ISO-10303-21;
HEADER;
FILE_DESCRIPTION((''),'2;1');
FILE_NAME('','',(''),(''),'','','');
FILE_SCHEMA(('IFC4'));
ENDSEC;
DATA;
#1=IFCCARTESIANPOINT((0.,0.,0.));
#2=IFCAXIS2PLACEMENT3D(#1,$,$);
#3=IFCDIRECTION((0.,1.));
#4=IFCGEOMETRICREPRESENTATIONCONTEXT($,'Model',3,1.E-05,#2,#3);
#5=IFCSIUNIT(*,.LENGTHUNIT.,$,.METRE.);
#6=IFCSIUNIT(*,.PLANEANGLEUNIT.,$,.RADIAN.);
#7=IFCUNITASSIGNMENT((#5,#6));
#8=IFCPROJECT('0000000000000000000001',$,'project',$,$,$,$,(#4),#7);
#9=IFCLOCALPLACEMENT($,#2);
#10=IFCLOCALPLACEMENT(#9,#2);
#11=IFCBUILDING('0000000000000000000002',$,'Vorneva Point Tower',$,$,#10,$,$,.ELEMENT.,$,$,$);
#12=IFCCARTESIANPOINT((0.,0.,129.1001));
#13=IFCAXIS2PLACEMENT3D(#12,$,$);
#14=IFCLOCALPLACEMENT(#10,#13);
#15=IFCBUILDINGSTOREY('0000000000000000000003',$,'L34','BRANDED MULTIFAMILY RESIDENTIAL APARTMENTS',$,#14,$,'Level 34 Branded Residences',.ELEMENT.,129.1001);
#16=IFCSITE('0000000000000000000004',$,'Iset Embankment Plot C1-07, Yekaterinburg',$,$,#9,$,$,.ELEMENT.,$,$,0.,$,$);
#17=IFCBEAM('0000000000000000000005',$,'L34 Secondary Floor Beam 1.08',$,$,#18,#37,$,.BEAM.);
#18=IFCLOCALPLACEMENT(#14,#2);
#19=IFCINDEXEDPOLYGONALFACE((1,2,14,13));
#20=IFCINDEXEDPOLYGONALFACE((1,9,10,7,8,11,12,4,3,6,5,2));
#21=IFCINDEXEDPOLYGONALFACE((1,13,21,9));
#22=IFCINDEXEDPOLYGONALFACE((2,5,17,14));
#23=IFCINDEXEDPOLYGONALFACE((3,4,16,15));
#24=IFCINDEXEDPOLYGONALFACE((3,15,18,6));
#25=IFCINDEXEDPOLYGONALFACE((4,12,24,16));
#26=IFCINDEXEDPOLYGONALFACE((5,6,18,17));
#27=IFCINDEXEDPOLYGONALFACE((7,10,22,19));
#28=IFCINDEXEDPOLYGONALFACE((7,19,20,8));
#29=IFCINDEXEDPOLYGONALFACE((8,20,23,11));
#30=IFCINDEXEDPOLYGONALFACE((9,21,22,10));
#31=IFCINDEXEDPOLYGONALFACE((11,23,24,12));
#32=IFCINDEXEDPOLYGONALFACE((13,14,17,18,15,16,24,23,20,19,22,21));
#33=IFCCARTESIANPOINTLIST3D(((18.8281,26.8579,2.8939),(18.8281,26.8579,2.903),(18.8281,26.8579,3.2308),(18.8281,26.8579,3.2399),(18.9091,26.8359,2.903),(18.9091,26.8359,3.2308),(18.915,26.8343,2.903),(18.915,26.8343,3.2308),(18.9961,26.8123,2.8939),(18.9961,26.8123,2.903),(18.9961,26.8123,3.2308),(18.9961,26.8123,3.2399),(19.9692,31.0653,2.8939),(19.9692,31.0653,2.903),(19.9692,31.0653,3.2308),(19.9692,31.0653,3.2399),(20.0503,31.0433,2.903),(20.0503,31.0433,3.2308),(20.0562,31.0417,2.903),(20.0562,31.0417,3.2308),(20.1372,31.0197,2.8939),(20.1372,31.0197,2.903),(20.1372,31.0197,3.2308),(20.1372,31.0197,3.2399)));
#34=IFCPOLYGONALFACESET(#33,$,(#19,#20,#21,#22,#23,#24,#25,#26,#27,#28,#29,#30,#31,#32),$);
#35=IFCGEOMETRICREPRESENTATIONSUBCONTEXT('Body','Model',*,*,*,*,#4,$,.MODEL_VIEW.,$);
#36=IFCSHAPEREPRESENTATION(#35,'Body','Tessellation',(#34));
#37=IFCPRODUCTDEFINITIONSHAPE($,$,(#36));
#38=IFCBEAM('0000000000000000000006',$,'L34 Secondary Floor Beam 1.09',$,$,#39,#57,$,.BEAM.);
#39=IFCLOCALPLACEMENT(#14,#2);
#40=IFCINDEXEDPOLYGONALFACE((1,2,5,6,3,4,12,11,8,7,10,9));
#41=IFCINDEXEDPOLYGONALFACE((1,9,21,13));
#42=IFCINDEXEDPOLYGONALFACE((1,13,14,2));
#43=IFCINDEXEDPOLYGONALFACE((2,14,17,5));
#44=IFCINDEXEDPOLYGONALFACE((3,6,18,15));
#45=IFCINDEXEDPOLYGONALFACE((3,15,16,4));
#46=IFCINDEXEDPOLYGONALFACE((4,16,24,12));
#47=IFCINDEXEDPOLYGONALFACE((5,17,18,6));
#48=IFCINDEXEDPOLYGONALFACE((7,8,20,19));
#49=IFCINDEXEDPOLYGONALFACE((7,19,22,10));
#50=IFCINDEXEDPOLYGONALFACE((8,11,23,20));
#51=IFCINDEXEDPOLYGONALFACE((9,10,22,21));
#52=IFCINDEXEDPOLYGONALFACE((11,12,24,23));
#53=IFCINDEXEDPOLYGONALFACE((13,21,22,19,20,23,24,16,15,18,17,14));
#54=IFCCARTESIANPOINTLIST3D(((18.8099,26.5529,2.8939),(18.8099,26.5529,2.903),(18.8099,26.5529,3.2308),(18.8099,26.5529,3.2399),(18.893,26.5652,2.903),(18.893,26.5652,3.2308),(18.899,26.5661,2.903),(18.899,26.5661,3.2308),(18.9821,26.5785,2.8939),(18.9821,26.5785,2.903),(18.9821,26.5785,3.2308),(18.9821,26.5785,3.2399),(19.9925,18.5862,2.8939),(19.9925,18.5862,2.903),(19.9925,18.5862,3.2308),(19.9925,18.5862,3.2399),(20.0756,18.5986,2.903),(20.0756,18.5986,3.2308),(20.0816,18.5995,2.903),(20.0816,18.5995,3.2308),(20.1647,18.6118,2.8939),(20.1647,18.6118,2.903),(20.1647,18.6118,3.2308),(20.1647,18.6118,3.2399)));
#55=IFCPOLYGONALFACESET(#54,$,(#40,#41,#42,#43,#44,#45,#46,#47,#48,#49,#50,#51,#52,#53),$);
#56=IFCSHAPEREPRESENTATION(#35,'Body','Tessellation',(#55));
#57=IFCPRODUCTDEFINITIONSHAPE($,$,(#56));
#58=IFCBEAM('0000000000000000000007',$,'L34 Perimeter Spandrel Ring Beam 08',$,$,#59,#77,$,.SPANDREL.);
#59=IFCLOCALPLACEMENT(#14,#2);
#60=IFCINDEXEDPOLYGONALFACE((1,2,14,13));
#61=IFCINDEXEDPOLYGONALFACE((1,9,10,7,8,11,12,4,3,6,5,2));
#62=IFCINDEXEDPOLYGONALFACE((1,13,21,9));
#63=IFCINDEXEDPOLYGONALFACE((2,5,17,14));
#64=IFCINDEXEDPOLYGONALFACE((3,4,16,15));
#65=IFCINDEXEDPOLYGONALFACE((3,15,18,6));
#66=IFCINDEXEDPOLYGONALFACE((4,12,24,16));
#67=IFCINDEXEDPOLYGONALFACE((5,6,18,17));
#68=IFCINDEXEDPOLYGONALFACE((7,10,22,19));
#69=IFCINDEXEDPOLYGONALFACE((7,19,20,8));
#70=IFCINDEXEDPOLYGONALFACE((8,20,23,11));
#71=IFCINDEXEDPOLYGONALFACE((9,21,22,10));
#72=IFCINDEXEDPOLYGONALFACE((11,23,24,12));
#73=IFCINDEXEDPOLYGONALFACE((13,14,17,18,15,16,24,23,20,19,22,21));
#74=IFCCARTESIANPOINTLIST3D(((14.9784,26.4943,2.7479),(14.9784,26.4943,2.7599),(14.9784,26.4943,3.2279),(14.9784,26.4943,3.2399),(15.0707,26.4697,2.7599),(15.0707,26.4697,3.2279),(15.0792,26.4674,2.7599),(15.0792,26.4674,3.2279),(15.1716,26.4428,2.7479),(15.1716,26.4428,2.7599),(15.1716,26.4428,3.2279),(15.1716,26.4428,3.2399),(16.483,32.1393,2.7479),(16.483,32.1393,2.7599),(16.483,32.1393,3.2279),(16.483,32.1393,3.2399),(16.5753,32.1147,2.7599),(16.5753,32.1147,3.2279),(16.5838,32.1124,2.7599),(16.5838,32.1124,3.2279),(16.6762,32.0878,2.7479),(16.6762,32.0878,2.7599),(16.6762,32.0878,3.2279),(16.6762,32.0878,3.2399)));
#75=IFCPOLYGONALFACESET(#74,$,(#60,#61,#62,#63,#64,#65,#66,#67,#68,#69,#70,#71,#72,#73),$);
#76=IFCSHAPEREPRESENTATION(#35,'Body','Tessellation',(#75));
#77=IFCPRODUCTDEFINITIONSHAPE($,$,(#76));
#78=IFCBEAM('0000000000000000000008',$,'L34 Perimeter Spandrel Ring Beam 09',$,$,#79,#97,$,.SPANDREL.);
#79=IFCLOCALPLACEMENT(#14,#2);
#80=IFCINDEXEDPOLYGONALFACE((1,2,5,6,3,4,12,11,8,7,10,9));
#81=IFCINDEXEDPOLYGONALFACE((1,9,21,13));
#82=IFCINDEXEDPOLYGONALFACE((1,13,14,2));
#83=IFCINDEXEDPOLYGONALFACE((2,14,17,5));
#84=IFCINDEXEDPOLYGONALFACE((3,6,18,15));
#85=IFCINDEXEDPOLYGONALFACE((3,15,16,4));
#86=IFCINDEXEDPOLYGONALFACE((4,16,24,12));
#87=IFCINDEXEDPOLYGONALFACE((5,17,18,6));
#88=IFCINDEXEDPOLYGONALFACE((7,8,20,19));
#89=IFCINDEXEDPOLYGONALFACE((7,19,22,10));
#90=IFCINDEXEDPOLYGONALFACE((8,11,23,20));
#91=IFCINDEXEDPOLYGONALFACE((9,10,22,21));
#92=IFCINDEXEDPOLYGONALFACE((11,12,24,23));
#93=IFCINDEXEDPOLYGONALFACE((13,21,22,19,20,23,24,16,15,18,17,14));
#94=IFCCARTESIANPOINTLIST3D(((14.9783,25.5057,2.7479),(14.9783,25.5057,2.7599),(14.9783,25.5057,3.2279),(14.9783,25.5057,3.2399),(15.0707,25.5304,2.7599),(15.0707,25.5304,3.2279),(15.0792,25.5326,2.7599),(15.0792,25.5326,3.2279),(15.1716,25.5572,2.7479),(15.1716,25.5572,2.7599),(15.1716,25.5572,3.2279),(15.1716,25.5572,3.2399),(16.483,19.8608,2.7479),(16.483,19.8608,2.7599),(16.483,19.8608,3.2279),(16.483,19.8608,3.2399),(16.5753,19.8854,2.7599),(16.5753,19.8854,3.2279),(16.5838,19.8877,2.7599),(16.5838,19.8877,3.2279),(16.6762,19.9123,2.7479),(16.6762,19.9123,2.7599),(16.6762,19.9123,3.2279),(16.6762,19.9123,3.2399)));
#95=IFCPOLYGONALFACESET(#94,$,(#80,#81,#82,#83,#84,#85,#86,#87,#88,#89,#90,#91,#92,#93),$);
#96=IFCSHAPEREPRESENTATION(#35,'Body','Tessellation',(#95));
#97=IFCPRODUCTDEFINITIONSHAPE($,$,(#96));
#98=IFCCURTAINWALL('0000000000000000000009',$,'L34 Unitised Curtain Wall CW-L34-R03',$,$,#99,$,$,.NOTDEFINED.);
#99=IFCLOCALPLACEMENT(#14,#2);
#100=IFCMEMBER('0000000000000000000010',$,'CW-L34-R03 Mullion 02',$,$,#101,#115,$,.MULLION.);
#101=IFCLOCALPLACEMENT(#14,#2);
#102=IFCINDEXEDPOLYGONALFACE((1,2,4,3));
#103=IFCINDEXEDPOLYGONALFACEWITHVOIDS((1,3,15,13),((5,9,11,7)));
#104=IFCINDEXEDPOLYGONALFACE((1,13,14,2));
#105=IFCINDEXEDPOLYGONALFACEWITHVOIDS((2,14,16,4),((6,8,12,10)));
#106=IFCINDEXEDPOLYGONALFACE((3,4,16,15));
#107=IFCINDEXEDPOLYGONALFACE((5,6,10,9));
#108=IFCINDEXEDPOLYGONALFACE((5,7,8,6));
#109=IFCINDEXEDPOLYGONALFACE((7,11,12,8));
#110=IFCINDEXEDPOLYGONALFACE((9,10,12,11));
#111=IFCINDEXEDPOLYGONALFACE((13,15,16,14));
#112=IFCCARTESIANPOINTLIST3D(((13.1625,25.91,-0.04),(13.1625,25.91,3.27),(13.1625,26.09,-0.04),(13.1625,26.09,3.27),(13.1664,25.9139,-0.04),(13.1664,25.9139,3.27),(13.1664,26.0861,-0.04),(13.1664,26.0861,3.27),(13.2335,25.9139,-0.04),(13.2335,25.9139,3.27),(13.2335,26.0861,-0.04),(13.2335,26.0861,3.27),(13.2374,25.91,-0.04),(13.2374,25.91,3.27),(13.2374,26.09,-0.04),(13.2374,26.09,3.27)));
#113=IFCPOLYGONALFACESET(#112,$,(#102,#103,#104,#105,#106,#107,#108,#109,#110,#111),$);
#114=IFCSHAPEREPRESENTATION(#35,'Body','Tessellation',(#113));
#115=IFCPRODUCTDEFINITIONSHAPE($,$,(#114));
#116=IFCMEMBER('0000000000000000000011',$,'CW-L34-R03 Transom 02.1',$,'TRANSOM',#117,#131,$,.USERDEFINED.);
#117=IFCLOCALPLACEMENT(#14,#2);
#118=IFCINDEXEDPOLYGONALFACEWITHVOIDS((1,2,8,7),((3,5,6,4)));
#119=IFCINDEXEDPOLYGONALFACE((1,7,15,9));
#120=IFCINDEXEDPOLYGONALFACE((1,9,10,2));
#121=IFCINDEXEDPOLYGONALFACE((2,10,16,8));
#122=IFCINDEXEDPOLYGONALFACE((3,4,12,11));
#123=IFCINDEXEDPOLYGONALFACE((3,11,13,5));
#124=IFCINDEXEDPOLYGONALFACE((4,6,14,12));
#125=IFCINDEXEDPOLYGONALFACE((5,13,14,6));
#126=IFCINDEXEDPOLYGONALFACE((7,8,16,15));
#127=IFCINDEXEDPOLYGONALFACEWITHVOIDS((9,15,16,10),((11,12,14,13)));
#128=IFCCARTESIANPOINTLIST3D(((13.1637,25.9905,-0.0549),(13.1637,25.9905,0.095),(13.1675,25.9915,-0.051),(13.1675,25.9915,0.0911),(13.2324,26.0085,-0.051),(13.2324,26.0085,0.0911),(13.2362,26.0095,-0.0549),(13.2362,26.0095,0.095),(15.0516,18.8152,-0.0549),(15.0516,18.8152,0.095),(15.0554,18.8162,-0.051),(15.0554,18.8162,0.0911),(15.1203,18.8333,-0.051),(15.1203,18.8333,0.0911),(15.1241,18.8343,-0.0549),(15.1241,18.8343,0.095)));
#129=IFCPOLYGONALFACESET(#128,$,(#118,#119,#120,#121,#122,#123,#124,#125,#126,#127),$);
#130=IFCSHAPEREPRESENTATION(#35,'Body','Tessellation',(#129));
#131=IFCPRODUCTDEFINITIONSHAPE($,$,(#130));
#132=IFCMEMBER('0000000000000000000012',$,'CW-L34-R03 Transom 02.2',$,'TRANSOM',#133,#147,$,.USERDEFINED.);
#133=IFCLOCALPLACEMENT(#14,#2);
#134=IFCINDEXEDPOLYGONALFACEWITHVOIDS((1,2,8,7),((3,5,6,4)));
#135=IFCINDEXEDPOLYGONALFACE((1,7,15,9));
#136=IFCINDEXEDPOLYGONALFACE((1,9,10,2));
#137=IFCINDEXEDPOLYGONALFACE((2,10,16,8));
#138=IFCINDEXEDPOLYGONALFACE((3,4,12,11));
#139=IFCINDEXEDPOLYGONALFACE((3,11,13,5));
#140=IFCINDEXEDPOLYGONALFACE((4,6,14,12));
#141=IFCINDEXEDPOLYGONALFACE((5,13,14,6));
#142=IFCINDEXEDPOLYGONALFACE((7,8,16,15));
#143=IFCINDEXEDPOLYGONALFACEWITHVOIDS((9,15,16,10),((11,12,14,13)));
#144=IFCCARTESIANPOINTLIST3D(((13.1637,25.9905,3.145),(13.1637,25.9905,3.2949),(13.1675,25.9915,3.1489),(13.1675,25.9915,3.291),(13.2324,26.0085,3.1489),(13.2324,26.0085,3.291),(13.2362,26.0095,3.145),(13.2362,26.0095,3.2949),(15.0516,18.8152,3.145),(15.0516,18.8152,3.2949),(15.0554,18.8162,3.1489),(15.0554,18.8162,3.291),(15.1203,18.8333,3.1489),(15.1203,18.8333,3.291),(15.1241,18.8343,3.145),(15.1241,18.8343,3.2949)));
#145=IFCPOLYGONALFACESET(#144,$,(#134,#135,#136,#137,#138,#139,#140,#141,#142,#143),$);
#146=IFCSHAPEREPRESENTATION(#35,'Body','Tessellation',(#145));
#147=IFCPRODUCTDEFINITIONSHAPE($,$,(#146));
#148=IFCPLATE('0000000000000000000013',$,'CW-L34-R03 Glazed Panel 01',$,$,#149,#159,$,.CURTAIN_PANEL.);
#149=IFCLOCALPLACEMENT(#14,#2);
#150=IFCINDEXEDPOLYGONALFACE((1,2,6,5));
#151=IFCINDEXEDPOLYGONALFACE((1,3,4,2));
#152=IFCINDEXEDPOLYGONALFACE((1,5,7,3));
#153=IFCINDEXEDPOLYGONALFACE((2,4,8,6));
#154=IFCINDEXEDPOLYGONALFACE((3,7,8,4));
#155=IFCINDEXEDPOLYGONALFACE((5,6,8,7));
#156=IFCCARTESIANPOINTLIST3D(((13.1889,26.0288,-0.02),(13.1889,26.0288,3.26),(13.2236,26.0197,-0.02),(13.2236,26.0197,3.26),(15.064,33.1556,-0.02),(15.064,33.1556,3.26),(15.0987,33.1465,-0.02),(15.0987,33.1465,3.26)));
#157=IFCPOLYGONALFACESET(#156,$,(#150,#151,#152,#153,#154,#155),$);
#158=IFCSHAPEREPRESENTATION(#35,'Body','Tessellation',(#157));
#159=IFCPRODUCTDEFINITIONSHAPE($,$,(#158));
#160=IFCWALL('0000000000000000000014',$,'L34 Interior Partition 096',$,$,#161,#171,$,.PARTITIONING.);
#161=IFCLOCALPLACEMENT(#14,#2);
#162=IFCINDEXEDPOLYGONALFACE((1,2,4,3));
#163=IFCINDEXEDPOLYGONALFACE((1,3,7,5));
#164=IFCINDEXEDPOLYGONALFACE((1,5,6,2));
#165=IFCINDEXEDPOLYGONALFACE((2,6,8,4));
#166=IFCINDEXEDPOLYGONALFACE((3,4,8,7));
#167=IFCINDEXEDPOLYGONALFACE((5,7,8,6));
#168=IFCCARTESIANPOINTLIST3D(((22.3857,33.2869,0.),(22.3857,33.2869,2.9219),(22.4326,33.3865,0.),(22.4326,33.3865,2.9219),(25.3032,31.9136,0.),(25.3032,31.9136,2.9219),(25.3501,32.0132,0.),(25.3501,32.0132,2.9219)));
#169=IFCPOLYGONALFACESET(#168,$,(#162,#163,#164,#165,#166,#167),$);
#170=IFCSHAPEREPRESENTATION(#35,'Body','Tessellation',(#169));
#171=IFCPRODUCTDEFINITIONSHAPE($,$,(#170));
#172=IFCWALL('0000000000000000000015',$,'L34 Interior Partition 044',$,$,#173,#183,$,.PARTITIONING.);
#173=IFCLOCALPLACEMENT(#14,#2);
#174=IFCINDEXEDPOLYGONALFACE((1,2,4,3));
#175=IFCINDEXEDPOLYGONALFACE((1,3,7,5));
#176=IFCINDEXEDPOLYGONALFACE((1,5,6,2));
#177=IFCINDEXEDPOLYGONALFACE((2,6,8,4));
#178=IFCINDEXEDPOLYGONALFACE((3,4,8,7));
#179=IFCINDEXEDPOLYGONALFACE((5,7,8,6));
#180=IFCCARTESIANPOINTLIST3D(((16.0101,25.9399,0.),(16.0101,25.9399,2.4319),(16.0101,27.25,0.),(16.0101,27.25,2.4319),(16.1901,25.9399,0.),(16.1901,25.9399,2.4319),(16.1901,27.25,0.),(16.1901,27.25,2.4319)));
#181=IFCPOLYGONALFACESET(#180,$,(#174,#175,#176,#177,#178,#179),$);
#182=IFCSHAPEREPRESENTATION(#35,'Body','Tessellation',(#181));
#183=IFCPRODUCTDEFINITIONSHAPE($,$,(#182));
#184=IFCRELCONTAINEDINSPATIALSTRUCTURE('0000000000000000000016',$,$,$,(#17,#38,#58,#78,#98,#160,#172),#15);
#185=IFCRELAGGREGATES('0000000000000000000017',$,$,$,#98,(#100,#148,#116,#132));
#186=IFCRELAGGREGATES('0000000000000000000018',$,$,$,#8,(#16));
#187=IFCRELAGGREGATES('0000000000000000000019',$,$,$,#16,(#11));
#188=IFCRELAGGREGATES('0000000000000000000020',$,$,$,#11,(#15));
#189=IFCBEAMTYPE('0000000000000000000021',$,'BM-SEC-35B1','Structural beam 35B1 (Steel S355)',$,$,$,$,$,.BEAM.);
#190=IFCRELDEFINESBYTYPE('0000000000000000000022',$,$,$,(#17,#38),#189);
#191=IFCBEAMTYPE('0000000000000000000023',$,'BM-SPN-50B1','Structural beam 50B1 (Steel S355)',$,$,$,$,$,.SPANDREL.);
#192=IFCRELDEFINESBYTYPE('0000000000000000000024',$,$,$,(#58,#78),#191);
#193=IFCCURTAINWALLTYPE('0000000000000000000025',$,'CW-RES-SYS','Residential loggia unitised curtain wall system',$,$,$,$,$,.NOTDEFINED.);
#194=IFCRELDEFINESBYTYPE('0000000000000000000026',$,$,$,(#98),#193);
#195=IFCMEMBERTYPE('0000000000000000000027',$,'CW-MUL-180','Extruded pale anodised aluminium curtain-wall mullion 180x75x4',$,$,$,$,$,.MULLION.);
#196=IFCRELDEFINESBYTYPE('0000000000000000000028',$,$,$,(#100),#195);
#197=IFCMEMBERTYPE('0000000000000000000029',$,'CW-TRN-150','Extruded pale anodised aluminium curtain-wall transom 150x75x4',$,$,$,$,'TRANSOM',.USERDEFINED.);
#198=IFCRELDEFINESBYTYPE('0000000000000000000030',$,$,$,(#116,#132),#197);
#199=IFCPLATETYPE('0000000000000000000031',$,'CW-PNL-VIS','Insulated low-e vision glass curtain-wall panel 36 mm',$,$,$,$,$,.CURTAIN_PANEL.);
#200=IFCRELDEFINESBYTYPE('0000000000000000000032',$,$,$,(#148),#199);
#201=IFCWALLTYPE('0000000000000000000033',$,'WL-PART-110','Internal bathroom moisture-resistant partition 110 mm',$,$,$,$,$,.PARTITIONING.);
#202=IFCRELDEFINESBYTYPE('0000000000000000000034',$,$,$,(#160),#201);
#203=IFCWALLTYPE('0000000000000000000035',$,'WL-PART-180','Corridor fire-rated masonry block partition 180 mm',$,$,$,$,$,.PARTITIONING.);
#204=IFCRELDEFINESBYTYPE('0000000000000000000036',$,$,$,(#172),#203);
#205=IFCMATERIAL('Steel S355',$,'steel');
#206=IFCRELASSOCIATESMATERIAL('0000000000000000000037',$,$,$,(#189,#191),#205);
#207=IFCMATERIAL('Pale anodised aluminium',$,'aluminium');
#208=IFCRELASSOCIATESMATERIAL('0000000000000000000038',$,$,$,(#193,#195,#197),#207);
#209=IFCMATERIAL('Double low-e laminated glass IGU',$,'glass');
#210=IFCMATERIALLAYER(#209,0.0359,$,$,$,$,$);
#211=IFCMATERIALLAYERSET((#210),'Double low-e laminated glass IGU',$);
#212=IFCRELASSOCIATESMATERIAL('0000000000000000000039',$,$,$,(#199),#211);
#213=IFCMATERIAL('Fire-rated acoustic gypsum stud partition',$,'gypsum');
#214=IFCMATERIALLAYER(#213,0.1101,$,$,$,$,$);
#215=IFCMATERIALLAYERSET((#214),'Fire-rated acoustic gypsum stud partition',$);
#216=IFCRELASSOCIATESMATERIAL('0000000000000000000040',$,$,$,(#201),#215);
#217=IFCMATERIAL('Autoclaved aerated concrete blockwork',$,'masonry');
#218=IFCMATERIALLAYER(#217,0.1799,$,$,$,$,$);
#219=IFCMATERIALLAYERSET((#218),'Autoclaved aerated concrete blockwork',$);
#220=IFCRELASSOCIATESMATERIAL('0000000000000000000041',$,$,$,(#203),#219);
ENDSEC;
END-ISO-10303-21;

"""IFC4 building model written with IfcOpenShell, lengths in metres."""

from ifc_helpers import new_model, si_unit, direction, frame, frame_2d, origin, origin_2d, place, context, subcontext, project, spatial, rectangle, hollow_rectangle, i_section, extrude, material, layer, layer_set, material_profile, profile_set, type_object, element, aggregate, save


model = new_model("IFC4")

# Units and contexts
model_context = context("Model", 3, precision=1e-05, world=origin(), true_north=direction((0.0, 1.0)))
body_context = subcontext(model_context, "Body", "Model", "MODEL_VIEW")
ifc_project = project(units=[si_unit("LENGTHUNIT", "METRE"), si_unit("PLANEANGLEUNIT", "RADIAN")], contexts=[model_context])

# Site, building, storey
site_placement = place(None, origin())
site = spatial("IfcSite", under=ifc_project, at=site_placement, Name="Iset Embankment Plot C1-07, Yekaterinburg", CompositionType="ELEMENT", RefElevation=0.0)
building_placement = place(site_placement, origin())
building = spatial("IfcBuilding", under=site, at=building_placement, Name="Vorneva Point Tower", CompositionType="ELEMENT")
storey_placement = place(building_placement, frame((0.0, 0.0, 129.1001)))
storey = spatial("IfcBuildingStorey", under=building, at=storey_placement, Name="L34", Description="BRANDED MULTIFAMILY RESIDENTIAL APARTMENTS", LongName="Level 34 Branded Residences", CompositionType="ELEMENT", Elevation=129.1001)

# Beams
ifc_material_1 = material(Name="Steel S355", Category="steel")
ifc_material_profile_1 = material_profile(ifc_material_1, i_section(OverallWidth=0.1741, OverallDepth=0.3459, WebThickness=0.0061, FlangeThickness=0.009, at=origin_2d()), Name="35B1")
ifc_profile_set_1 = profile_set([ifc_material_profile_1], Name="Steel S355")
beam_type_1 = type_object("IfcBeamType", Name="BM-SEC-35B1", Description="Structural beam 35B1 (Steel S355)", PredefinedType="BEAM", material=ifc_profile_set_1)
beam_1_placement = place(storey_placement, frame((20.0532, 31.0425, 3.0669), z_axis=(-0.261767, -0.965131, 0.0), x_axis=(0.965131, -0.261767, 0.0)))
element("IfcBeam", 1, at=beam_1_placement, inside=storey, type_object=beam_type_1, Name="L34 Secondary Floor Beam 1.08", PredefinedType="BEAM", context=body_context, shape_type="SweptSolid", body=[
    extrude(i_section(OverallWidth=0.1741, OverallDepth=0.3459, WebThickness=0.0061, FlangeThickness=0.009, at=origin_2d()), origin(), (0.0, 0.0, 1.0), 4.3594),
])
beam_2_placement = place(storey_placement, frame((18.896, 26.5657, 3.0669), z_axis=(0.146839, -0.98916, 0.0), x_axis=(0.98916, 0.146839, 0.0)))
element("IfcBeam", 2, at=beam_2_placement, inside=storey, type_object=beam_type_1, Name="L34 Secondary Floor Beam 1.09", PredefinedType="BEAM", context=body_context, shape_type="SweptSolid", body=[
    extrude(i_section(OverallWidth=0.1741, OverallDepth=0.3459, WebThickness=0.0061, FlangeThickness=0.009, at=origin_2d()), origin(), (0.0, 0.0, 1.0), 8.054),
])
ifc_material_profile_2 = material_profile(ifc_material_1, i_section(OverallWidth=0.2, OverallDepth=0.4919, WebThickness=0.0088, FlangeThickness=0.012, at=origin_2d()), Name="50B1")
ifc_profile_set_2 = profile_set([ifc_material_profile_2], Name="Steel S355")
beam_type_2 = type_object("IfcBeamType", Name="BM-SPN-50B1", Description="Structural beam 50B1 (Steel S355)", PredefinedType="SPANDREL", material=ifc_profile_set_2)
for number, where, z_axis, x_axis, name in (
    (3, (16.5796, 32.1135, 2.9939), (-0.257551, -0.966265, 0.0), (0.966265, -0.257551, 0.0), "L34 Perimeter Spandrel Ring Beam 08"),
    (4, (15.075, 25.5315, 2.9939), (0.257551, -0.966265, 0.0), (0.966265, 0.257551, 0.0), "L34 Perimeter Spandrel Ring Beam 09"),
):
    element("IfcBeam", number, at=place(storey_placement, frame(where, z_axis=z_axis, x_axis=x_axis)), inside=storey, type_object=beam_type_2, Name=name, PredefinedType="SPANDREL", context=body_context, shape_type="SweptSolid", body=[
        extrude(i_section(OverallWidth=0.2, OverallDepth=0.4919, WebThickness=0.0088, FlangeThickness=0.012, at=origin_2d()), origin(), (0.0, 0.0, 1.0), 5.842),
    ])

# Curtain wall, members, plate
ifc_material_2 = material(Name="Pale anodised aluminium", Category="aluminium")
curtain_wall_type = type_object("IfcCurtainWallType", Name="CW-RES-SYS", Description="Residential loggia unitised curtain wall system", PredefinedType="NOTDEFINED", material=ifc_material_2)
curtain_wall_placement = place(storey_placement, origin())
curtain_wall = element("IfcCurtainWall", 5, at=curtain_wall_placement, inside=storey, type_object=curtain_wall_type, Name="L34 Unitised Curtain Wall CW-L34-R03", PredefinedType="NOTDEFINED")
ifc_material_profile_3 = material_profile(ifc_material_2, hollow_rectangle(XDim=0.075, YDim=0.1799, WallThickness=0.0039, at=origin_2d()), Name="AL-MUL 180x75x4")
ifc_profile_set_3 = profile_set([ifc_material_profile_3], Name="Pale anodised aluminium")
member_type_1 = type_object("IfcMemberType", Name="CW-MUL-180", Description="Extruded pale anodised aluminium curtain-wall mullion 180x75x4", PredefinedType="MULLION", material=ifc_profile_set_3)
member_1_placement = place(storey_placement, frame((13.2, 26.0, -0.04), z_axis=(0.0, 0.0, 1.0), x_axis=(1.0, 0.0, 0.0)))
member_1 = element("IfcMember", 6, at=member_1_placement, type_object=member_type_1, Name="CW-L34-R03 Mullion 02", PredefinedType="MULLION", context=body_context, shape_type="SweptSolid", body=[
    extrude(hollow_rectangle(XDim=0.075, YDim=0.1799, WallThickness=0.0039, at=origin_2d()), origin(), (0.0, 0.0, 1.0), 3.3101),
])
ifc_material_profile_4 = material_profile(ifc_material_2, hollow_rectangle(XDim=0.075, YDim=0.1499, WallThickness=0.0039, at=origin_2d()), Name="AL-TRN 150x75x4")
ifc_profile_set_4 = profile_set([ifc_material_profile_4], Name="Pale anodised aluminium")
member_type_2 = type_object("IfcMemberType", Name="CW-TRN-150", Description="Extruded pale anodised aluminium curtain-wall transom 150x75x4", ElementType="TRANSOM", PredefinedType="USERDEFINED", material=ifc_profile_set_4)
member_2_placement = place(storey_placement, frame((13.2, 26.0, 0.02), z_axis=(0.254456, -0.967084, 0.0), x_axis=(0.967084, 0.254456, 0.0)))
member_2 = element("IfcMember", 7, at=member_2_placement, type_object=member_type_2, Name="CW-L34-R03 Transom 02.1", ObjectType="TRANSOM", PredefinedType="USERDEFINED", context=body_context, shape_type="SweptSolid", body=[
    extrude(hollow_rectangle(XDim=0.075, YDim=0.1499, WallThickness=0.0039, at=origin_2d()), origin(), (0.0, 0.0, 1.0), 7.4194),
])
member_3_placement = place(storey_placement, frame((13.2, 26.0, 3.22), z_axis=(0.254456, -0.967084, 0.0), x_axis=(0.967084, 0.254456, 0.0)))
member_3 = element("IfcMember", 8, at=member_3_placement, type_object=member_type_2, Name="CW-L34-R03 Transom 02.2", ObjectType="TRANSOM", PredefinedType="USERDEFINED", context=body_context, shape_type="SweptSolid", body=[
    extrude(hollow_rectangle(XDim=0.075, YDim=0.1499, WallThickness=0.0039, at=origin_2d()), origin(), (0.0, 0.0, 1.0), 7.4194),
])
ifc_material_3 = material(Name="Double low-e laminated glass IGU", Category="glass")
ifc_layer_1 = layer(ifc_material_3, 0.0359)
ifc_layer_set_1 = layer_set([ifc_layer_1], Name="Double low-e laminated glass IGU")
plate_type = type_object("IfcPlateType", Name="CW-PNL-VIS", Description="Insulated low-e vision glass curtain-wall panel 36 mm", PredefinedType="CURTAIN_PANEL", material=ifc_layer_set_1)
plate_placement = place(storey_placement, frame((14.1438, 29.5876, -0.02), z_axis=(0.0, 0.0, 1.0), x_axis=(-0.254433, -0.96709, 0.0)))
plate = element("IfcPlate", 9, at=plate_placement, type_object=plate_type, Name="CW-L34-R03 Glazed Panel 01", PredefinedType="CURTAIN_PANEL", context=body_context, shape_type="SweptSolid", body=[
    extrude(rectangle(XDim=7.3694, YDim=0.0359, at=origin_2d()), origin(), (0.0, 0.0, 1.0), 3.28),
])
aggregate(curtain_wall, [member_1, plate, member_2, member_3])

# Walls
ifc_material_4 = material(Name="Fire-rated acoustic gypsum stud partition", Category="gypsum")
ifc_layer_2 = layer(ifc_material_4, 0.1101)
ifc_layer_set_2 = layer_set([ifc_layer_2], Name="Fire-rated acoustic gypsum stud partition")
wall_type_1 = type_object("IfcWallType", Name="WL-PART-110", Description="Internal bathroom moisture-resistant partition 110 mm", PredefinedType="PARTITIONING", material=ifc_layer_set_2)
wall_1_placement = place(storey_placement, frame((25.3267, 31.9634, 0.0), z_axis=(0.0, 0.0, 1.0), x_axis=(-0.904776, 0.425888, 0.0)))
element("IfcWall", 10, at=wall_1_placement, inside=storey, type_object=wall_type_1, Name="L34 Interior Partition 096", PredefinedType="PARTITIONING", context=body_context, shape_type="SweptSolid", body=[
    extrude(rectangle(XDim=3.2246, YDim=0.1101, at=frame_2d((1.6123, 0.0))), origin(), (0.0, 0.0, 1.0), 2.9219),
])
ifc_material_5 = material(Name="Autoclaved aerated concrete blockwork", Category="masonry")
ifc_layer_3 = layer(ifc_material_5, 0.1799)
ifc_layer_set_3 = layer_set([ifc_layer_3], Name="Autoclaved aerated concrete blockwork")
wall_type_2 = type_object("IfcWallType", Name="WL-PART-180", Description="Corridor fire-rated masonry block partition 180 mm", PredefinedType="PARTITIONING", material=ifc_layer_set_3)
wall_2_placement = place(storey_placement, frame((16.1001, 27.25, 0.0), z_axis=(0.0, 0.0, 1.0), x_axis=(0.0, -1.0, 0.0)))
element("IfcWall", 11, at=wall_2_placement, inside=storey, type_object=wall_type_2, Name="L34 Interior Partition 044", PredefinedType="PARTITIONING", context=body_context, shape_type="SweptSolid", body=[
    extrude(rectangle(XDim=1.3101, YDim=0.1799, at=frame_2d((0.655, 0.0))), origin(), (0.0, 0.0, 1.0), 2.4319),
])

save(model, "model.ifc")
